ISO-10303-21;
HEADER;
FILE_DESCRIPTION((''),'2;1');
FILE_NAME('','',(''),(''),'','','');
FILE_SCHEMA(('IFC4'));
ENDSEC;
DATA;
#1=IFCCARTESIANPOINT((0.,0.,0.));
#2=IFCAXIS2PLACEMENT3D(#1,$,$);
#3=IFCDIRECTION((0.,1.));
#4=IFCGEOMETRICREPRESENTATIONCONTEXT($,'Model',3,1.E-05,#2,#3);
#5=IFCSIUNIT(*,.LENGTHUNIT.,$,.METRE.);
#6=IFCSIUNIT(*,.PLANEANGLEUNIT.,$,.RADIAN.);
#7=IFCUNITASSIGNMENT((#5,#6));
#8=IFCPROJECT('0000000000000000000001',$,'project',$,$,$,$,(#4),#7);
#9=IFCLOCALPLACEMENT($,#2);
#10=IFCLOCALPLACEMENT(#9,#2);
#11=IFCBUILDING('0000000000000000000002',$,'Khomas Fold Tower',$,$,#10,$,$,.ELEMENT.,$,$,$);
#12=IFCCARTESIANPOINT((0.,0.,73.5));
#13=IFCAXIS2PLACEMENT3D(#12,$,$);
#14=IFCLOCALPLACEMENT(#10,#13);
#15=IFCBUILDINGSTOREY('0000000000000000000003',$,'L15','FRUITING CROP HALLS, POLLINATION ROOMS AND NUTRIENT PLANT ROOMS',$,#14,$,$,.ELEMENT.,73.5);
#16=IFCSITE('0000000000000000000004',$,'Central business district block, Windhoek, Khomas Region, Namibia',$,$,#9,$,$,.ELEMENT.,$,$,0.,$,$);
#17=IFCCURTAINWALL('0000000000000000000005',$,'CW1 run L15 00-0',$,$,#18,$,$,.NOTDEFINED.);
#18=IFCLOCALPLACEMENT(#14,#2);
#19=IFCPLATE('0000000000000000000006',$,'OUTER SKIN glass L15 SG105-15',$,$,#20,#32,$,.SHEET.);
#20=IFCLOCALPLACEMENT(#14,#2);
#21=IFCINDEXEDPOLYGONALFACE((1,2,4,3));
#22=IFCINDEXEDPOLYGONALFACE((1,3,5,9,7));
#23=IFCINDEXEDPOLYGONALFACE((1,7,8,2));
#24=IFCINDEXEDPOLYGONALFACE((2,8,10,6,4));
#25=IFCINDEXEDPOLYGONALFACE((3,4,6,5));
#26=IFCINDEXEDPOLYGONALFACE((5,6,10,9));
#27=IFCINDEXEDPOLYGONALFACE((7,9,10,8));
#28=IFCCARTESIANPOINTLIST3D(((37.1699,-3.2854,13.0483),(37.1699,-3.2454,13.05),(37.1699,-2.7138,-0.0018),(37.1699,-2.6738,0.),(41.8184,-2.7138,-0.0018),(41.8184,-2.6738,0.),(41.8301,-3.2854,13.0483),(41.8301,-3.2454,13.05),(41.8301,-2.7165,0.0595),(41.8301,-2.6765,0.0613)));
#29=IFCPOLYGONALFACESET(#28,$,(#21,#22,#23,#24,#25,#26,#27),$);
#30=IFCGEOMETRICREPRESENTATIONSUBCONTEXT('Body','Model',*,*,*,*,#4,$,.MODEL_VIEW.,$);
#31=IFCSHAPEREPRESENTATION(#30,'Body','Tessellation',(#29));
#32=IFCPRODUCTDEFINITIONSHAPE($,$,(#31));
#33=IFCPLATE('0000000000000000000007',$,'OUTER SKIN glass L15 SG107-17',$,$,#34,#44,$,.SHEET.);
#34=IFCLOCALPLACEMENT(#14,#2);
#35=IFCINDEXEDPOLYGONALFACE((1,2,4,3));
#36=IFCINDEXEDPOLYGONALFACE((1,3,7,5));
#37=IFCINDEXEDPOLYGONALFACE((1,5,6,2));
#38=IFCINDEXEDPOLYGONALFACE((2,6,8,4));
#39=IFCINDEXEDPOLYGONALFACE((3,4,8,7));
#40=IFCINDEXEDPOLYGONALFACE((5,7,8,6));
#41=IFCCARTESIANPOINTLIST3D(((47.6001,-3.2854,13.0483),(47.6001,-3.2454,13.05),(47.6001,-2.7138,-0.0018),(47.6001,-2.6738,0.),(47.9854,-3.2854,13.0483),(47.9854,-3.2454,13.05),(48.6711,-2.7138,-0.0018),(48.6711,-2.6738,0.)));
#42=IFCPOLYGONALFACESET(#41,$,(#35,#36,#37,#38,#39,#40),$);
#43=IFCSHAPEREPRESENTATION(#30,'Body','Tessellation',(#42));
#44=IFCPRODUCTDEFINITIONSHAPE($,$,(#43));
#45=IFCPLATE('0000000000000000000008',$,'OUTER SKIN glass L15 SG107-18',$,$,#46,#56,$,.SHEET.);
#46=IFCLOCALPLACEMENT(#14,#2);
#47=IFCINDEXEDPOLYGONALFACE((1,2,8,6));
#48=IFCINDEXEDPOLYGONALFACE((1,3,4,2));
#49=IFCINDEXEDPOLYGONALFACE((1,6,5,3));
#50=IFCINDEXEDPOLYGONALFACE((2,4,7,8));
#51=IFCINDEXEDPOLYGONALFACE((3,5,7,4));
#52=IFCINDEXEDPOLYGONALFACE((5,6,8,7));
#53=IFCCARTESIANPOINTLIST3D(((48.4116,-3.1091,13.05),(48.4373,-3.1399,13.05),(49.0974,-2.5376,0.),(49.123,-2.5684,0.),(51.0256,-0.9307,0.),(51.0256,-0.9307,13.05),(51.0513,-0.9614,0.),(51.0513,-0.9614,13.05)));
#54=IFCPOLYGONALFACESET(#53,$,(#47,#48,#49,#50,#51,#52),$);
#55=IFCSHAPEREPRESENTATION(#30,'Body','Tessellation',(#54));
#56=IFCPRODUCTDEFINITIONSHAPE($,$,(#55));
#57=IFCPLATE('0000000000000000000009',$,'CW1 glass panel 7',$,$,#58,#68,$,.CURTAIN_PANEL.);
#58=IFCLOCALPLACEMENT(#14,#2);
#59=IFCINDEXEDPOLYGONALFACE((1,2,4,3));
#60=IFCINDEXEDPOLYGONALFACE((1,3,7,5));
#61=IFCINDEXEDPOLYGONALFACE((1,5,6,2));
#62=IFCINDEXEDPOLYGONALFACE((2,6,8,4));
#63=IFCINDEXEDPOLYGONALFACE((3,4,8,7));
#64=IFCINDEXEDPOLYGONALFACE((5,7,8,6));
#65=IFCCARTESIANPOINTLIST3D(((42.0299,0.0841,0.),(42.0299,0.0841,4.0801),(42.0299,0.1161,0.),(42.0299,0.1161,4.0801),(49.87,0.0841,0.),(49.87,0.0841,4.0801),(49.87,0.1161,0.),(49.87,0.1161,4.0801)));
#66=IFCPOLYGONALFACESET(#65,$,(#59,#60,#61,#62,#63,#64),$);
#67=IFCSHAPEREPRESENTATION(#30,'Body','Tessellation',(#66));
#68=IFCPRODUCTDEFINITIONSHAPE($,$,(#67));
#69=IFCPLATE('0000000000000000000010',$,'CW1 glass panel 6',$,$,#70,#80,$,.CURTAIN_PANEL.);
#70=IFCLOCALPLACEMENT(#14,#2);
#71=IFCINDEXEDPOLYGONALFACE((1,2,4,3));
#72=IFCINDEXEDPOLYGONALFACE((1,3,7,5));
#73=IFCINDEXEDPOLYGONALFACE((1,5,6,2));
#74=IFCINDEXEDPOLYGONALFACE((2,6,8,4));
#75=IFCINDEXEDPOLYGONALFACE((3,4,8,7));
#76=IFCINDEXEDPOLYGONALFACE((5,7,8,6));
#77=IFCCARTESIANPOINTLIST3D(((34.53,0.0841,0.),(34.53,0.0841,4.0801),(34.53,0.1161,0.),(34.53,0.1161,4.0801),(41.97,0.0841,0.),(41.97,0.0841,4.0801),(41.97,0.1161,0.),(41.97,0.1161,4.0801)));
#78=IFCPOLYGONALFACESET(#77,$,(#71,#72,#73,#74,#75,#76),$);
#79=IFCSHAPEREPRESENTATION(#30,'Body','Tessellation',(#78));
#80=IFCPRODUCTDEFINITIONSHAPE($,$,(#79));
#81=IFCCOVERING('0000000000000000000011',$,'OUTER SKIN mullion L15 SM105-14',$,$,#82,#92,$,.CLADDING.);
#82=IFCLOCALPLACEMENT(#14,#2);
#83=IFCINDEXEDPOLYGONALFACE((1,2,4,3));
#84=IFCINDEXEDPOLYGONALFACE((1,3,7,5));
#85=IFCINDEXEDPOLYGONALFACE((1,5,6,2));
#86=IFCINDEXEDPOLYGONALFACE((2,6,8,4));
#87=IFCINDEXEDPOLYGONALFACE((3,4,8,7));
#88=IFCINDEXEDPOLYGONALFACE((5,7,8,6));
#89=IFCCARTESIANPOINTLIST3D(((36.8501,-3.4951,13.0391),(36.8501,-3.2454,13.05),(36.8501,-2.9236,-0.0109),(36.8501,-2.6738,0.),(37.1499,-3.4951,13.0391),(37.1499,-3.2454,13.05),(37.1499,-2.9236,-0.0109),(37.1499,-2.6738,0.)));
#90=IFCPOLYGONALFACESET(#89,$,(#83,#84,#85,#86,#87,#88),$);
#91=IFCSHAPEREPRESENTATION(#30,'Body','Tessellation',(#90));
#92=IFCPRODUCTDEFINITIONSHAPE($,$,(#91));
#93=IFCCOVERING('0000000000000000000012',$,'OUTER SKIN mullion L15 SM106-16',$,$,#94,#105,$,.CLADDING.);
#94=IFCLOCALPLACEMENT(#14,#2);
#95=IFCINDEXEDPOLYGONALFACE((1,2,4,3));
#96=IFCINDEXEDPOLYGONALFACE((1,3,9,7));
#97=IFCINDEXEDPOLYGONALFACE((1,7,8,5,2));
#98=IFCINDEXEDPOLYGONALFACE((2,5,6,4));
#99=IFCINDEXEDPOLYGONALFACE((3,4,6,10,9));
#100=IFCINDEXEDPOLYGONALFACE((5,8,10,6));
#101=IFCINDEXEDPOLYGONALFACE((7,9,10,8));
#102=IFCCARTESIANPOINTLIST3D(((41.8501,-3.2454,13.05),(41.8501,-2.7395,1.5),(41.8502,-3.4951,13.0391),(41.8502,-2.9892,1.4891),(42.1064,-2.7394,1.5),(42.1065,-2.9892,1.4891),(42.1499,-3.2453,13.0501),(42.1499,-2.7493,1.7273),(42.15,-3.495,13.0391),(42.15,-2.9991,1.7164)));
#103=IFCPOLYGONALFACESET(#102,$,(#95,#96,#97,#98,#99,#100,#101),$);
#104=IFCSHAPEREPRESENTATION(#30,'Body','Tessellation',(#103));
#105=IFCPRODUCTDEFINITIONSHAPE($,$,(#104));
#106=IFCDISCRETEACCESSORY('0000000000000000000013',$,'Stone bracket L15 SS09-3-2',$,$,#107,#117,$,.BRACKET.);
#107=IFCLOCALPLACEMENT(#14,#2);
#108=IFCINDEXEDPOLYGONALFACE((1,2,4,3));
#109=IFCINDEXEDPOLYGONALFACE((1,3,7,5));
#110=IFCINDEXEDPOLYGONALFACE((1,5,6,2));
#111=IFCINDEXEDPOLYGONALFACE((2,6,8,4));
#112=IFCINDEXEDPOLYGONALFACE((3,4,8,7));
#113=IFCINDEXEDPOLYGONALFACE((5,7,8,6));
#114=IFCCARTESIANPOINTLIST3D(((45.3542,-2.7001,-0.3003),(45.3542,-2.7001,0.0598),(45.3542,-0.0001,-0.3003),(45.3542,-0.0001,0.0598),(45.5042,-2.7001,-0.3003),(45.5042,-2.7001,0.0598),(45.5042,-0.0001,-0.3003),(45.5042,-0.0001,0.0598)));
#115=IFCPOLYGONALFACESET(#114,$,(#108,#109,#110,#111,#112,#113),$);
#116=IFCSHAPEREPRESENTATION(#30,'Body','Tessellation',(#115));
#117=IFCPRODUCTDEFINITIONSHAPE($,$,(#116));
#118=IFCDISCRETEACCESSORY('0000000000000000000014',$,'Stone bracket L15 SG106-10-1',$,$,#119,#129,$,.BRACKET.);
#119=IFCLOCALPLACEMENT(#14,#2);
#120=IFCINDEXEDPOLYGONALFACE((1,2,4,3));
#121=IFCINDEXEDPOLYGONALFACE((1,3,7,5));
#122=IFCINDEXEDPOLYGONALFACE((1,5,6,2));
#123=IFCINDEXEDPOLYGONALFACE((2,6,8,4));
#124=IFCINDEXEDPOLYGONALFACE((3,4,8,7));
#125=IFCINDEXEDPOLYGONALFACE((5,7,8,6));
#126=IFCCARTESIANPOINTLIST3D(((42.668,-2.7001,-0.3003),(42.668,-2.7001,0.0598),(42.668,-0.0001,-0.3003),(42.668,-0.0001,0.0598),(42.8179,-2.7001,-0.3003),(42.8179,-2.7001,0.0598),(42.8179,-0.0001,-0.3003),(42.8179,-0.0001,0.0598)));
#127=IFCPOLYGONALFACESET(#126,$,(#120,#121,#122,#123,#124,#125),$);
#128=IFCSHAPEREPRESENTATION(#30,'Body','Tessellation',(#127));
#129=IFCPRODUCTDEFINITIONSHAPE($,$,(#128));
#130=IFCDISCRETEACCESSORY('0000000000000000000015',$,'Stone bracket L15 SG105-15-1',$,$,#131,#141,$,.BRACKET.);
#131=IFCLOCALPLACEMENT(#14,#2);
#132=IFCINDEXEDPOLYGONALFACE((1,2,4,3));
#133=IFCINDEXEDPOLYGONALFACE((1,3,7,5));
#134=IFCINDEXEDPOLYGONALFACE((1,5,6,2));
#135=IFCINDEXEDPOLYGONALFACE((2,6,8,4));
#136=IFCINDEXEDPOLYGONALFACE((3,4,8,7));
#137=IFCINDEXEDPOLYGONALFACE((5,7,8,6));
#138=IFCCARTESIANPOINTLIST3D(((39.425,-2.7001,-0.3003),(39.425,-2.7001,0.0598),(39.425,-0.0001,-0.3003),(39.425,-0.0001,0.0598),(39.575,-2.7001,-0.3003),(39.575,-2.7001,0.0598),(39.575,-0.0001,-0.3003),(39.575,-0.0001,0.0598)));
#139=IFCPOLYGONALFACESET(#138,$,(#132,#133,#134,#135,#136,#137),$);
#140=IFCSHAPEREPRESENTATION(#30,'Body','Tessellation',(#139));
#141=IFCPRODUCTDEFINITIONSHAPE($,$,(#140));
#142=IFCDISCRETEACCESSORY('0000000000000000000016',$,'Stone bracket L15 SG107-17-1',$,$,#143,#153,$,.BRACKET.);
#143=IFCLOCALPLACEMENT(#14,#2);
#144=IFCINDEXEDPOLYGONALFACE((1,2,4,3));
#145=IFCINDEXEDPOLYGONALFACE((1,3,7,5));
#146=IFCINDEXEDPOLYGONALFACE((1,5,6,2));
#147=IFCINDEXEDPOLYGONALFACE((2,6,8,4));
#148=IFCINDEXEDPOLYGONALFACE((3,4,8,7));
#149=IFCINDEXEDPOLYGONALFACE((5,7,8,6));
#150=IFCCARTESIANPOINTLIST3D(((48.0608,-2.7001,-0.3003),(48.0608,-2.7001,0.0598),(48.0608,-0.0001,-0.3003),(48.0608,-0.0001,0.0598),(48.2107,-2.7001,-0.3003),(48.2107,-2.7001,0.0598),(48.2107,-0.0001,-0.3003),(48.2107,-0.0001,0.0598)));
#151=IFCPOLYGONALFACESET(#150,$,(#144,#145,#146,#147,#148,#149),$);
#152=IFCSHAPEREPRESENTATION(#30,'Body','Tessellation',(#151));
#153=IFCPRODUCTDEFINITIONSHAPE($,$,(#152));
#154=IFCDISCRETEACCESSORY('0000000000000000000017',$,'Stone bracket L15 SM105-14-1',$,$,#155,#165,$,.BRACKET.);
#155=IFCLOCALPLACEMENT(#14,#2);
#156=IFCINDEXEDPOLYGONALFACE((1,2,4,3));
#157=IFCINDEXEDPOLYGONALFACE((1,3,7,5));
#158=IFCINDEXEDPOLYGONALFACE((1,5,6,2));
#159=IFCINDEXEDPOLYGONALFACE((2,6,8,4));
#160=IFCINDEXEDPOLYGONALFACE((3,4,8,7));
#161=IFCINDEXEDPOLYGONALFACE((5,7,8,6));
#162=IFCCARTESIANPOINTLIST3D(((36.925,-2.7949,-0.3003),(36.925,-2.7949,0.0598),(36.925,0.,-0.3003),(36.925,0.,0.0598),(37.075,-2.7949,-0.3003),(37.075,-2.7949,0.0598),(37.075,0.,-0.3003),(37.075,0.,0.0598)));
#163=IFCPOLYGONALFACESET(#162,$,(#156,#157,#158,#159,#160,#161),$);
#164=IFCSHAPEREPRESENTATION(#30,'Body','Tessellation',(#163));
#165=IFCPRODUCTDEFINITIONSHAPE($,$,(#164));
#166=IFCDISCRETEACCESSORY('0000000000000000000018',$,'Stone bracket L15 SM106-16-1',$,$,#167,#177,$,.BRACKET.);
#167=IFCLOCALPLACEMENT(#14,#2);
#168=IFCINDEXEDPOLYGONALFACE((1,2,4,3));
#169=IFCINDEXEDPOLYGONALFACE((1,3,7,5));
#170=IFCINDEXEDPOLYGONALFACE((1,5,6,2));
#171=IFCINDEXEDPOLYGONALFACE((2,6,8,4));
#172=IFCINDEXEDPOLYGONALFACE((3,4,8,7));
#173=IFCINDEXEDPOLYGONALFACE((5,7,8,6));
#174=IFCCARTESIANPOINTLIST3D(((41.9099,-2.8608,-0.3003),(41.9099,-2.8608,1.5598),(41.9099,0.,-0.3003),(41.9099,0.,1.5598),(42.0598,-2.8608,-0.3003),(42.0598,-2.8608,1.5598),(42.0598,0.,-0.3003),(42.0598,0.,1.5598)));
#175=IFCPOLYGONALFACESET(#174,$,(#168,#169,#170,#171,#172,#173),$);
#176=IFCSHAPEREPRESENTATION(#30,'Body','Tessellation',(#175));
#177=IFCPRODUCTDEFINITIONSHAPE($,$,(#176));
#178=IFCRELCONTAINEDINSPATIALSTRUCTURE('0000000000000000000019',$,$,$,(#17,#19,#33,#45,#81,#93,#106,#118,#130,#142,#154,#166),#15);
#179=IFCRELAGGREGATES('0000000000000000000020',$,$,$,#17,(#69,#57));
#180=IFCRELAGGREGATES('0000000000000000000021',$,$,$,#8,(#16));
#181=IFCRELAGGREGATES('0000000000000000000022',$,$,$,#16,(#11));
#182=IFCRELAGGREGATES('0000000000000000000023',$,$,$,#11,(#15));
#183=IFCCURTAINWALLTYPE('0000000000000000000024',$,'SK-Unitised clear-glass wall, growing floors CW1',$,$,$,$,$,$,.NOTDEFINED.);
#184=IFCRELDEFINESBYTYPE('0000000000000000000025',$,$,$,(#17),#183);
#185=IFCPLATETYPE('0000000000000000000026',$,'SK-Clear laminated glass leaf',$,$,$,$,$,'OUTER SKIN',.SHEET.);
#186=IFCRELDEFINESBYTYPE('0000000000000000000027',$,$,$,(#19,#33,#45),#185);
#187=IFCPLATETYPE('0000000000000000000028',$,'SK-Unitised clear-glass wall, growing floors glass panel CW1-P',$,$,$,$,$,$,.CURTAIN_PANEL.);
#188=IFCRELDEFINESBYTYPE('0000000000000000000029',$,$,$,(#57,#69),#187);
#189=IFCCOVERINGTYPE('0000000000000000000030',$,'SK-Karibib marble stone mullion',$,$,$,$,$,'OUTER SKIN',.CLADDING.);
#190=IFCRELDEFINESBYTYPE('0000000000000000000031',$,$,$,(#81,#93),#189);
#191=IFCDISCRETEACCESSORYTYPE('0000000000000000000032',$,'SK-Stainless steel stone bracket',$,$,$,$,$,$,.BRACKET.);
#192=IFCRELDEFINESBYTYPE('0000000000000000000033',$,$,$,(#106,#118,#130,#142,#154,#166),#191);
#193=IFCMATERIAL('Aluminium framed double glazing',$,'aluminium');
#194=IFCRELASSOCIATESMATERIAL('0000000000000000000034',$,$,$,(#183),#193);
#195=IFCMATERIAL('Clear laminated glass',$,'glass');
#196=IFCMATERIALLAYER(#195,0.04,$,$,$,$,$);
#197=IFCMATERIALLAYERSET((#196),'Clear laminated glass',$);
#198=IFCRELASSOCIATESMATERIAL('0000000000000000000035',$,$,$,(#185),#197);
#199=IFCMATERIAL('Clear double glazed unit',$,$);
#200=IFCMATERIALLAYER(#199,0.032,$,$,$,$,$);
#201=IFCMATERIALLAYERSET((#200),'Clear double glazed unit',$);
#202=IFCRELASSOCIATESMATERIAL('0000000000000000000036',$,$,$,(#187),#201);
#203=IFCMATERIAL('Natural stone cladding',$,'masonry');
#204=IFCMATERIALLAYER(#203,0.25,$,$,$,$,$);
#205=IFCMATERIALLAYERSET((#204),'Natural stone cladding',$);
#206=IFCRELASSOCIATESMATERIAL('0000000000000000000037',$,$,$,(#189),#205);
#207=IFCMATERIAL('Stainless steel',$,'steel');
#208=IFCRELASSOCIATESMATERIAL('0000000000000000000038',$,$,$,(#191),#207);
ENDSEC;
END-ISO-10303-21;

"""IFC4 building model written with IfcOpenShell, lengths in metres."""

from ifc_helpers import new_model, si_unit, direction, frame, origin, origin_2d, place, context, subcontext, project, spatial, polyline, rectangle, outline, extrude, source, transform, mapped, material, layer, layer_set, type_object, element, aggregate, save


model = new_model("IFC4")

# Units and contexts
model_context = context("Model", 3, precision=1e-05, world=origin(), true_north=direction((0.0, 1.0)))
body_context = subcontext(model_context, "Body", "Model", "MODEL_VIEW")
ifc_project = project(units=[si_unit("LENGTHUNIT", "METRE"), si_unit("PLANEANGLEUNIT", "RADIAN")], contexts=[model_context])

# Site, building, storey
site_placement = place(None, origin())
site = spatial("IfcSite", under=ifc_project, at=site_placement, Name="Central business district block, Windhoek, Khomas Region, Namibia", CompositionType="ELEMENT", RefElevation=0.0)
building_placement = place(site_placement, origin())
building = spatial("IfcBuilding", under=site, at=building_placement, Name="Khomas Fold Tower", CompositionType="ELEMENT")
storey_placement = place(building_placement, frame((0.0, 0.0, 73.5)))
storey = spatial("IfcBuildingStorey", under=building, at=storey_placement, Name="L15", Description="FRUITING CROP HALLS, POLLINATION ROOMS AND NUTRIENT PLANT ROOMS", CompositionType="ELEMENT", Elevation=73.5)

# Curtain wall
ifc_material_1 = material(Name="Aluminium framed double glazing", Category="aluminium")
curtain_wall_type = type_object("IfcCurtainWallType", Name="SK-Unitised clear-glass wall, growing floors CW1", PredefinedType="NOTDEFINED", material=ifc_material_1)
curtain_wall_placement = place(storey_placement, origin())
curtain_wall = element("IfcCurtainWall", 1, at=curtain_wall_placement, inside=storey, type_object=curtain_wall_type, Name="CW1 run L15 00-0", PredefinedType="NOTDEFINED")

# Plates
ifc_material_2 = material(Name="Clear laminated glass", Category="glass")
ifc_layer_1 = layer(ifc_material_2, 0.04)
ifc_layer_set_1 = layer_set([ifc_layer_1], Name="Clear laminated glass")
plate_type_1 = type_object("IfcPlateType", Name="SK-Clear laminated glass leaf", ElementType="OUTER SKIN", PredefinedType="SHEET", material=ifc_layer_set_1)
plate_1_placement = place(storey_placement, frame((41.8184, -2.6738, 0.0), z_axis=(0.0, 0.999042, 0.043754), x_axis=(-1.0, 0.0, 0.0)))
element("IfcPlate", 2, at=plate_1_placement, inside=storey, type_object=plate_type_1, Name="OUTER SKIN glass L15 SG105-15", PredefinedType="SHEET", context=body_context, shape_type="SweptSolid", body=[
    extrude(outline(polyline([(0.0, 0.0), (4.6484, 0.0), (4.6484, 13.0626), (-0.0117, 13.0626), (-0.0117, 0.0613), (0.0, 0.0)])), origin(), (0.0, 0.0, -1.0), 0.04),
])
plate_2_placement = place(storey_placement, frame((48.6711, -2.6738, 0.0), z_axis=(0.0, 0.999042, 0.043754), x_axis=(-1.0, 0.0, 0.0)))
element("IfcPlate", 3, at=plate_2_placement, inside=storey, type_object=plate_type_1, Name="OUTER SKIN glass L15 SG107-17", PredefinedType="SHEET", context=body_context, shape_type="SweptSolid", body=[
    extrude(outline(polyline([(0.0, 0.0), (1.071, 0.0), (1.071, 13.0626), (0.6858, 13.0626), (0.0, 0.0)])), origin(), (0.0, 0.0, -1.0), 0.04),
])
plate_3_placement = place(storey_placement, frame((49.0974, -2.5376, 0.0), z_axis=(-0.640205, 0.768204, 0.0), x_axis=(-0.052428, -0.043693, 0.997668)))
element("IfcPlate", 4, at=plate_3_placement, inside=storey, type_object=plate_type_1, Name="OUTER SKIN glass L15 SG107-18", PredefinedType="SHEET", context=body_context, shape_type="SweptSolid", body=[
    extrude(outline(polyline([(0.0, 0.0), (13.0805, 0.0), (12.8483, 3.3948), (-0.1713, 2.5042), (0.0, 0.0)])), origin(), (0.0, 0.0, -1.0), 0.04),
])

# Plates
ifc_material_3 = material(Name="Clear double glazed unit")
ifc_layer_2 = layer(ifc_material_3, 0.032)
ifc_layer_set_2 = layer_set([ifc_layer_2], Name="Clear double glazed unit")
plate_type_2 = type_object("IfcPlateType", Name="SK-Unitised clear-glass wall, growing floors glass panel CW1-P", PredefinedType="CURTAIN_PANEL", material=ifc_layer_set_2)
shared_shape_1 = source(origin(), body_context, "Body", "SweptSolid", [
    extrude(rectangle(XDim=7.8401, YDim=0.032, at=origin_2d()), origin(), (0.0, 0.0, 1.0), 4.0801),
])
plate_4_placement = place(storey_placement, frame((45.95, 0.1001, 0.0), z_axis=(0.0, 0.0, 1.0), x_axis=(1.0, 0.0, 0.0)))
plate_4 = element("IfcPlate", 5, at=plate_4_placement, type_object=plate_type_2, Name="CW1 glass panel 7", PredefinedType="CURTAIN_PANEL", context=body_context, shape_type="MappedRepresentation", body=[
    mapped(shared_shape_1, transform((0.0, 0.0, 0.0))),
])
shared_shape_2 = source(origin(), body_context, "Body", "SweptSolid", [
    extrude(rectangle(XDim=7.4399, YDim=0.032, at=origin_2d()), origin(), (0.0, 0.0, 1.0), 4.0801),
])
plate_5_placement = place(storey_placement, frame((38.25, 0.1001, 0.0), z_axis=(0.0, 0.0, 1.0), x_axis=(1.0, 0.0, 0.0)))
plate_5 = element("IfcPlate", 6, at=plate_5_placement, type_object=plate_type_2, Name="CW1 glass panel 6", PredefinedType="CURTAIN_PANEL", context=body_context, shape_type="MappedRepresentation", body=[
    mapped(shared_shape_2, transform((0.0, 0.0, 0.0))),
])
aggregate(curtain_wall, [plate_5, plate_4])

# Coverings
ifc_material_4 = material(Name="Natural stone cladding", Category="masonry")
ifc_layer_3 = layer(ifc_material_4, 0.25)
ifc_layer_set_3 = layer_set([ifc_layer_3], Name="Natural stone cladding")
covering_type = type_object("IfcCoveringType", Name="SK-Karibib marble stone mullion", ElementType="OUTER SKIN", PredefinedType="CLADDING", material=ifc_layer_set_3)
covering_1_placement = place(storey_placement, frame((36.8501, -2.6738, 0.0), z_axis=(0.0, 0.999042, 0.043754), x_axis=(0.0, -0.043754, 0.999042)))
element("IfcCovering", 7, at=covering_1_placement, inside=storey, type_object=covering_type, Name="OUTER SKIN mullion L15 SM105-14", PredefinedType="CLADDING", context=body_context, shape_type="SweptSolid", body=[
    extrude(outline(polyline([(0.0, 0.0), (13.0626, 0.0), (13.0626, 0.2998), (0.0, 0.2998), (0.0, 0.0)])), origin(), (0.0, 0.0, -1.0), 0.25),
])
covering_2_placement = place(storey_placement, frame((41.8501, -3.2454, 13.05), z_axis=(-0.000316, 0.999042, 0.043756), x_axis=(1.0, 0.000315, 0.000014)))
element("IfcCovering", 8, at=covering_2_placement, inside=storey, type_object=covering_type, Name="OUTER SKIN mullion L15 SM106-16", PredefinedType="CLADDING", context=body_context, shape_type="SweptSolid", body=[
    extrude(outline(polyline([(0.0, 0.0), (0.2998, 0.0), (0.2998, 11.3336), (0.2563, 11.5611), (0.0, 11.5611), (0.0, 0.0)])), origin(), (0.0, 0.0, -1.0), 0.25),
])

# Discrete accessories
ifc_material_5 = material(Name="Stainless steel", Category="steel")
discrete_accessory_type = type_object("IfcDiscreteAccessoryType", Name="SK-Stainless steel stone bracket", PredefinedType="BRACKET", material=ifc_material_5)
shared_shape_3 = source(origin(), body_context, "Body", "SweptSolid", [
    extrude(rectangle(XDim=2.7, YDim=0.1499, at=origin_2d()), origin(), (0.0, 0.0, 1.0), 0.3601),
])
for number, where, z_axis, x_axis, name in (
    (9, (45.4292, -1.3501, -0.3003), (0.0, 0.0, 1.0), (0.0, -1.0, 0.0), "Stone bracket L15 SS09-3-2"),
    (10, (42.7429, -1.3501, -0.3003), (0.0, 0.0, 1.0), (0.0, -1.0, 0.0), "Stone bracket L15 SG106-10-1"),
    (11, (39.5, -1.3501, -0.3003), (0.0, 0.0, 1.0), (0.0, -1.0, 0.0), "Stone bracket L15 SG105-15-1"),
    (12, (48.1357, -1.3501, -0.3003), (0.0, 0.0, 1.0), (0.0, -1.0, 0.0), "Stone bracket L15 SG107-17-1"),
):
    element("IfcDiscreteAccessory", number, at=place(storey_placement, frame(where, z_axis=z_axis, x_axis=x_axis)), inside=storey, type_object=discrete_accessory_type, Name=name, PredefinedType="BRACKET", context=body_context, shape_type="MappedRepresentation", body=[
        mapped(shared_shape_3, transform((0.0, 0.0, 0.0))),
    ])
shared_shape_4 = source(origin(), body_context, "Body", "SweptSolid", [
    extrude(rectangle(XDim=2.7949, YDim=0.1499, at=origin_2d()), origin(), (0.0, 0.0, 1.0), 0.3601),
])
discrete_accessory_1_placement = place(storey_placement, frame((37.0, -1.3975, -0.3003), z_axis=(0.0, 0.0, 1.0), x_axis=(0.0, -1.0, 0.0)))
element("IfcDiscreteAccessory", 13, at=discrete_accessory_1_placement, inside=storey, type_object=discrete_accessory_type, Name="Stone bracket L15 SM105-14-1", PredefinedType="BRACKET", context=body_context, shape_type="MappedRepresentation", body=[
    mapped(shared_shape_4, transform((0.0, 0.0, 0.0))),
])
shared_shape_5 = source(origin(), body_context, "Body", "SweptSolid", [
    extrude(rectangle(XDim=2.8608, YDim=0.1499, at=origin_2d()), origin(), (0.0, 0.0, 1.0), 1.8601),
])
discrete_accessory_2_placement = place(storey_placement, frame((41.9849, -1.4304, -0.3003), z_axis=(0.0, 0.0, 1.0), x_axis=(0.0, -1.0, 0.0)))
element("IfcDiscreteAccessory", 14, at=discrete_accessory_2_placement, inside=storey, type_object=discrete_accessory_type, Name="Stone bracket L15 SM106-16-1", PredefinedType="BRACKET", context=body_context, shape_type="MappedRepresentation", body=[
    mapped(shared_shape_5, transform((0.0, 0.0, 0.0))),
])

save(model, "model.ifc")
